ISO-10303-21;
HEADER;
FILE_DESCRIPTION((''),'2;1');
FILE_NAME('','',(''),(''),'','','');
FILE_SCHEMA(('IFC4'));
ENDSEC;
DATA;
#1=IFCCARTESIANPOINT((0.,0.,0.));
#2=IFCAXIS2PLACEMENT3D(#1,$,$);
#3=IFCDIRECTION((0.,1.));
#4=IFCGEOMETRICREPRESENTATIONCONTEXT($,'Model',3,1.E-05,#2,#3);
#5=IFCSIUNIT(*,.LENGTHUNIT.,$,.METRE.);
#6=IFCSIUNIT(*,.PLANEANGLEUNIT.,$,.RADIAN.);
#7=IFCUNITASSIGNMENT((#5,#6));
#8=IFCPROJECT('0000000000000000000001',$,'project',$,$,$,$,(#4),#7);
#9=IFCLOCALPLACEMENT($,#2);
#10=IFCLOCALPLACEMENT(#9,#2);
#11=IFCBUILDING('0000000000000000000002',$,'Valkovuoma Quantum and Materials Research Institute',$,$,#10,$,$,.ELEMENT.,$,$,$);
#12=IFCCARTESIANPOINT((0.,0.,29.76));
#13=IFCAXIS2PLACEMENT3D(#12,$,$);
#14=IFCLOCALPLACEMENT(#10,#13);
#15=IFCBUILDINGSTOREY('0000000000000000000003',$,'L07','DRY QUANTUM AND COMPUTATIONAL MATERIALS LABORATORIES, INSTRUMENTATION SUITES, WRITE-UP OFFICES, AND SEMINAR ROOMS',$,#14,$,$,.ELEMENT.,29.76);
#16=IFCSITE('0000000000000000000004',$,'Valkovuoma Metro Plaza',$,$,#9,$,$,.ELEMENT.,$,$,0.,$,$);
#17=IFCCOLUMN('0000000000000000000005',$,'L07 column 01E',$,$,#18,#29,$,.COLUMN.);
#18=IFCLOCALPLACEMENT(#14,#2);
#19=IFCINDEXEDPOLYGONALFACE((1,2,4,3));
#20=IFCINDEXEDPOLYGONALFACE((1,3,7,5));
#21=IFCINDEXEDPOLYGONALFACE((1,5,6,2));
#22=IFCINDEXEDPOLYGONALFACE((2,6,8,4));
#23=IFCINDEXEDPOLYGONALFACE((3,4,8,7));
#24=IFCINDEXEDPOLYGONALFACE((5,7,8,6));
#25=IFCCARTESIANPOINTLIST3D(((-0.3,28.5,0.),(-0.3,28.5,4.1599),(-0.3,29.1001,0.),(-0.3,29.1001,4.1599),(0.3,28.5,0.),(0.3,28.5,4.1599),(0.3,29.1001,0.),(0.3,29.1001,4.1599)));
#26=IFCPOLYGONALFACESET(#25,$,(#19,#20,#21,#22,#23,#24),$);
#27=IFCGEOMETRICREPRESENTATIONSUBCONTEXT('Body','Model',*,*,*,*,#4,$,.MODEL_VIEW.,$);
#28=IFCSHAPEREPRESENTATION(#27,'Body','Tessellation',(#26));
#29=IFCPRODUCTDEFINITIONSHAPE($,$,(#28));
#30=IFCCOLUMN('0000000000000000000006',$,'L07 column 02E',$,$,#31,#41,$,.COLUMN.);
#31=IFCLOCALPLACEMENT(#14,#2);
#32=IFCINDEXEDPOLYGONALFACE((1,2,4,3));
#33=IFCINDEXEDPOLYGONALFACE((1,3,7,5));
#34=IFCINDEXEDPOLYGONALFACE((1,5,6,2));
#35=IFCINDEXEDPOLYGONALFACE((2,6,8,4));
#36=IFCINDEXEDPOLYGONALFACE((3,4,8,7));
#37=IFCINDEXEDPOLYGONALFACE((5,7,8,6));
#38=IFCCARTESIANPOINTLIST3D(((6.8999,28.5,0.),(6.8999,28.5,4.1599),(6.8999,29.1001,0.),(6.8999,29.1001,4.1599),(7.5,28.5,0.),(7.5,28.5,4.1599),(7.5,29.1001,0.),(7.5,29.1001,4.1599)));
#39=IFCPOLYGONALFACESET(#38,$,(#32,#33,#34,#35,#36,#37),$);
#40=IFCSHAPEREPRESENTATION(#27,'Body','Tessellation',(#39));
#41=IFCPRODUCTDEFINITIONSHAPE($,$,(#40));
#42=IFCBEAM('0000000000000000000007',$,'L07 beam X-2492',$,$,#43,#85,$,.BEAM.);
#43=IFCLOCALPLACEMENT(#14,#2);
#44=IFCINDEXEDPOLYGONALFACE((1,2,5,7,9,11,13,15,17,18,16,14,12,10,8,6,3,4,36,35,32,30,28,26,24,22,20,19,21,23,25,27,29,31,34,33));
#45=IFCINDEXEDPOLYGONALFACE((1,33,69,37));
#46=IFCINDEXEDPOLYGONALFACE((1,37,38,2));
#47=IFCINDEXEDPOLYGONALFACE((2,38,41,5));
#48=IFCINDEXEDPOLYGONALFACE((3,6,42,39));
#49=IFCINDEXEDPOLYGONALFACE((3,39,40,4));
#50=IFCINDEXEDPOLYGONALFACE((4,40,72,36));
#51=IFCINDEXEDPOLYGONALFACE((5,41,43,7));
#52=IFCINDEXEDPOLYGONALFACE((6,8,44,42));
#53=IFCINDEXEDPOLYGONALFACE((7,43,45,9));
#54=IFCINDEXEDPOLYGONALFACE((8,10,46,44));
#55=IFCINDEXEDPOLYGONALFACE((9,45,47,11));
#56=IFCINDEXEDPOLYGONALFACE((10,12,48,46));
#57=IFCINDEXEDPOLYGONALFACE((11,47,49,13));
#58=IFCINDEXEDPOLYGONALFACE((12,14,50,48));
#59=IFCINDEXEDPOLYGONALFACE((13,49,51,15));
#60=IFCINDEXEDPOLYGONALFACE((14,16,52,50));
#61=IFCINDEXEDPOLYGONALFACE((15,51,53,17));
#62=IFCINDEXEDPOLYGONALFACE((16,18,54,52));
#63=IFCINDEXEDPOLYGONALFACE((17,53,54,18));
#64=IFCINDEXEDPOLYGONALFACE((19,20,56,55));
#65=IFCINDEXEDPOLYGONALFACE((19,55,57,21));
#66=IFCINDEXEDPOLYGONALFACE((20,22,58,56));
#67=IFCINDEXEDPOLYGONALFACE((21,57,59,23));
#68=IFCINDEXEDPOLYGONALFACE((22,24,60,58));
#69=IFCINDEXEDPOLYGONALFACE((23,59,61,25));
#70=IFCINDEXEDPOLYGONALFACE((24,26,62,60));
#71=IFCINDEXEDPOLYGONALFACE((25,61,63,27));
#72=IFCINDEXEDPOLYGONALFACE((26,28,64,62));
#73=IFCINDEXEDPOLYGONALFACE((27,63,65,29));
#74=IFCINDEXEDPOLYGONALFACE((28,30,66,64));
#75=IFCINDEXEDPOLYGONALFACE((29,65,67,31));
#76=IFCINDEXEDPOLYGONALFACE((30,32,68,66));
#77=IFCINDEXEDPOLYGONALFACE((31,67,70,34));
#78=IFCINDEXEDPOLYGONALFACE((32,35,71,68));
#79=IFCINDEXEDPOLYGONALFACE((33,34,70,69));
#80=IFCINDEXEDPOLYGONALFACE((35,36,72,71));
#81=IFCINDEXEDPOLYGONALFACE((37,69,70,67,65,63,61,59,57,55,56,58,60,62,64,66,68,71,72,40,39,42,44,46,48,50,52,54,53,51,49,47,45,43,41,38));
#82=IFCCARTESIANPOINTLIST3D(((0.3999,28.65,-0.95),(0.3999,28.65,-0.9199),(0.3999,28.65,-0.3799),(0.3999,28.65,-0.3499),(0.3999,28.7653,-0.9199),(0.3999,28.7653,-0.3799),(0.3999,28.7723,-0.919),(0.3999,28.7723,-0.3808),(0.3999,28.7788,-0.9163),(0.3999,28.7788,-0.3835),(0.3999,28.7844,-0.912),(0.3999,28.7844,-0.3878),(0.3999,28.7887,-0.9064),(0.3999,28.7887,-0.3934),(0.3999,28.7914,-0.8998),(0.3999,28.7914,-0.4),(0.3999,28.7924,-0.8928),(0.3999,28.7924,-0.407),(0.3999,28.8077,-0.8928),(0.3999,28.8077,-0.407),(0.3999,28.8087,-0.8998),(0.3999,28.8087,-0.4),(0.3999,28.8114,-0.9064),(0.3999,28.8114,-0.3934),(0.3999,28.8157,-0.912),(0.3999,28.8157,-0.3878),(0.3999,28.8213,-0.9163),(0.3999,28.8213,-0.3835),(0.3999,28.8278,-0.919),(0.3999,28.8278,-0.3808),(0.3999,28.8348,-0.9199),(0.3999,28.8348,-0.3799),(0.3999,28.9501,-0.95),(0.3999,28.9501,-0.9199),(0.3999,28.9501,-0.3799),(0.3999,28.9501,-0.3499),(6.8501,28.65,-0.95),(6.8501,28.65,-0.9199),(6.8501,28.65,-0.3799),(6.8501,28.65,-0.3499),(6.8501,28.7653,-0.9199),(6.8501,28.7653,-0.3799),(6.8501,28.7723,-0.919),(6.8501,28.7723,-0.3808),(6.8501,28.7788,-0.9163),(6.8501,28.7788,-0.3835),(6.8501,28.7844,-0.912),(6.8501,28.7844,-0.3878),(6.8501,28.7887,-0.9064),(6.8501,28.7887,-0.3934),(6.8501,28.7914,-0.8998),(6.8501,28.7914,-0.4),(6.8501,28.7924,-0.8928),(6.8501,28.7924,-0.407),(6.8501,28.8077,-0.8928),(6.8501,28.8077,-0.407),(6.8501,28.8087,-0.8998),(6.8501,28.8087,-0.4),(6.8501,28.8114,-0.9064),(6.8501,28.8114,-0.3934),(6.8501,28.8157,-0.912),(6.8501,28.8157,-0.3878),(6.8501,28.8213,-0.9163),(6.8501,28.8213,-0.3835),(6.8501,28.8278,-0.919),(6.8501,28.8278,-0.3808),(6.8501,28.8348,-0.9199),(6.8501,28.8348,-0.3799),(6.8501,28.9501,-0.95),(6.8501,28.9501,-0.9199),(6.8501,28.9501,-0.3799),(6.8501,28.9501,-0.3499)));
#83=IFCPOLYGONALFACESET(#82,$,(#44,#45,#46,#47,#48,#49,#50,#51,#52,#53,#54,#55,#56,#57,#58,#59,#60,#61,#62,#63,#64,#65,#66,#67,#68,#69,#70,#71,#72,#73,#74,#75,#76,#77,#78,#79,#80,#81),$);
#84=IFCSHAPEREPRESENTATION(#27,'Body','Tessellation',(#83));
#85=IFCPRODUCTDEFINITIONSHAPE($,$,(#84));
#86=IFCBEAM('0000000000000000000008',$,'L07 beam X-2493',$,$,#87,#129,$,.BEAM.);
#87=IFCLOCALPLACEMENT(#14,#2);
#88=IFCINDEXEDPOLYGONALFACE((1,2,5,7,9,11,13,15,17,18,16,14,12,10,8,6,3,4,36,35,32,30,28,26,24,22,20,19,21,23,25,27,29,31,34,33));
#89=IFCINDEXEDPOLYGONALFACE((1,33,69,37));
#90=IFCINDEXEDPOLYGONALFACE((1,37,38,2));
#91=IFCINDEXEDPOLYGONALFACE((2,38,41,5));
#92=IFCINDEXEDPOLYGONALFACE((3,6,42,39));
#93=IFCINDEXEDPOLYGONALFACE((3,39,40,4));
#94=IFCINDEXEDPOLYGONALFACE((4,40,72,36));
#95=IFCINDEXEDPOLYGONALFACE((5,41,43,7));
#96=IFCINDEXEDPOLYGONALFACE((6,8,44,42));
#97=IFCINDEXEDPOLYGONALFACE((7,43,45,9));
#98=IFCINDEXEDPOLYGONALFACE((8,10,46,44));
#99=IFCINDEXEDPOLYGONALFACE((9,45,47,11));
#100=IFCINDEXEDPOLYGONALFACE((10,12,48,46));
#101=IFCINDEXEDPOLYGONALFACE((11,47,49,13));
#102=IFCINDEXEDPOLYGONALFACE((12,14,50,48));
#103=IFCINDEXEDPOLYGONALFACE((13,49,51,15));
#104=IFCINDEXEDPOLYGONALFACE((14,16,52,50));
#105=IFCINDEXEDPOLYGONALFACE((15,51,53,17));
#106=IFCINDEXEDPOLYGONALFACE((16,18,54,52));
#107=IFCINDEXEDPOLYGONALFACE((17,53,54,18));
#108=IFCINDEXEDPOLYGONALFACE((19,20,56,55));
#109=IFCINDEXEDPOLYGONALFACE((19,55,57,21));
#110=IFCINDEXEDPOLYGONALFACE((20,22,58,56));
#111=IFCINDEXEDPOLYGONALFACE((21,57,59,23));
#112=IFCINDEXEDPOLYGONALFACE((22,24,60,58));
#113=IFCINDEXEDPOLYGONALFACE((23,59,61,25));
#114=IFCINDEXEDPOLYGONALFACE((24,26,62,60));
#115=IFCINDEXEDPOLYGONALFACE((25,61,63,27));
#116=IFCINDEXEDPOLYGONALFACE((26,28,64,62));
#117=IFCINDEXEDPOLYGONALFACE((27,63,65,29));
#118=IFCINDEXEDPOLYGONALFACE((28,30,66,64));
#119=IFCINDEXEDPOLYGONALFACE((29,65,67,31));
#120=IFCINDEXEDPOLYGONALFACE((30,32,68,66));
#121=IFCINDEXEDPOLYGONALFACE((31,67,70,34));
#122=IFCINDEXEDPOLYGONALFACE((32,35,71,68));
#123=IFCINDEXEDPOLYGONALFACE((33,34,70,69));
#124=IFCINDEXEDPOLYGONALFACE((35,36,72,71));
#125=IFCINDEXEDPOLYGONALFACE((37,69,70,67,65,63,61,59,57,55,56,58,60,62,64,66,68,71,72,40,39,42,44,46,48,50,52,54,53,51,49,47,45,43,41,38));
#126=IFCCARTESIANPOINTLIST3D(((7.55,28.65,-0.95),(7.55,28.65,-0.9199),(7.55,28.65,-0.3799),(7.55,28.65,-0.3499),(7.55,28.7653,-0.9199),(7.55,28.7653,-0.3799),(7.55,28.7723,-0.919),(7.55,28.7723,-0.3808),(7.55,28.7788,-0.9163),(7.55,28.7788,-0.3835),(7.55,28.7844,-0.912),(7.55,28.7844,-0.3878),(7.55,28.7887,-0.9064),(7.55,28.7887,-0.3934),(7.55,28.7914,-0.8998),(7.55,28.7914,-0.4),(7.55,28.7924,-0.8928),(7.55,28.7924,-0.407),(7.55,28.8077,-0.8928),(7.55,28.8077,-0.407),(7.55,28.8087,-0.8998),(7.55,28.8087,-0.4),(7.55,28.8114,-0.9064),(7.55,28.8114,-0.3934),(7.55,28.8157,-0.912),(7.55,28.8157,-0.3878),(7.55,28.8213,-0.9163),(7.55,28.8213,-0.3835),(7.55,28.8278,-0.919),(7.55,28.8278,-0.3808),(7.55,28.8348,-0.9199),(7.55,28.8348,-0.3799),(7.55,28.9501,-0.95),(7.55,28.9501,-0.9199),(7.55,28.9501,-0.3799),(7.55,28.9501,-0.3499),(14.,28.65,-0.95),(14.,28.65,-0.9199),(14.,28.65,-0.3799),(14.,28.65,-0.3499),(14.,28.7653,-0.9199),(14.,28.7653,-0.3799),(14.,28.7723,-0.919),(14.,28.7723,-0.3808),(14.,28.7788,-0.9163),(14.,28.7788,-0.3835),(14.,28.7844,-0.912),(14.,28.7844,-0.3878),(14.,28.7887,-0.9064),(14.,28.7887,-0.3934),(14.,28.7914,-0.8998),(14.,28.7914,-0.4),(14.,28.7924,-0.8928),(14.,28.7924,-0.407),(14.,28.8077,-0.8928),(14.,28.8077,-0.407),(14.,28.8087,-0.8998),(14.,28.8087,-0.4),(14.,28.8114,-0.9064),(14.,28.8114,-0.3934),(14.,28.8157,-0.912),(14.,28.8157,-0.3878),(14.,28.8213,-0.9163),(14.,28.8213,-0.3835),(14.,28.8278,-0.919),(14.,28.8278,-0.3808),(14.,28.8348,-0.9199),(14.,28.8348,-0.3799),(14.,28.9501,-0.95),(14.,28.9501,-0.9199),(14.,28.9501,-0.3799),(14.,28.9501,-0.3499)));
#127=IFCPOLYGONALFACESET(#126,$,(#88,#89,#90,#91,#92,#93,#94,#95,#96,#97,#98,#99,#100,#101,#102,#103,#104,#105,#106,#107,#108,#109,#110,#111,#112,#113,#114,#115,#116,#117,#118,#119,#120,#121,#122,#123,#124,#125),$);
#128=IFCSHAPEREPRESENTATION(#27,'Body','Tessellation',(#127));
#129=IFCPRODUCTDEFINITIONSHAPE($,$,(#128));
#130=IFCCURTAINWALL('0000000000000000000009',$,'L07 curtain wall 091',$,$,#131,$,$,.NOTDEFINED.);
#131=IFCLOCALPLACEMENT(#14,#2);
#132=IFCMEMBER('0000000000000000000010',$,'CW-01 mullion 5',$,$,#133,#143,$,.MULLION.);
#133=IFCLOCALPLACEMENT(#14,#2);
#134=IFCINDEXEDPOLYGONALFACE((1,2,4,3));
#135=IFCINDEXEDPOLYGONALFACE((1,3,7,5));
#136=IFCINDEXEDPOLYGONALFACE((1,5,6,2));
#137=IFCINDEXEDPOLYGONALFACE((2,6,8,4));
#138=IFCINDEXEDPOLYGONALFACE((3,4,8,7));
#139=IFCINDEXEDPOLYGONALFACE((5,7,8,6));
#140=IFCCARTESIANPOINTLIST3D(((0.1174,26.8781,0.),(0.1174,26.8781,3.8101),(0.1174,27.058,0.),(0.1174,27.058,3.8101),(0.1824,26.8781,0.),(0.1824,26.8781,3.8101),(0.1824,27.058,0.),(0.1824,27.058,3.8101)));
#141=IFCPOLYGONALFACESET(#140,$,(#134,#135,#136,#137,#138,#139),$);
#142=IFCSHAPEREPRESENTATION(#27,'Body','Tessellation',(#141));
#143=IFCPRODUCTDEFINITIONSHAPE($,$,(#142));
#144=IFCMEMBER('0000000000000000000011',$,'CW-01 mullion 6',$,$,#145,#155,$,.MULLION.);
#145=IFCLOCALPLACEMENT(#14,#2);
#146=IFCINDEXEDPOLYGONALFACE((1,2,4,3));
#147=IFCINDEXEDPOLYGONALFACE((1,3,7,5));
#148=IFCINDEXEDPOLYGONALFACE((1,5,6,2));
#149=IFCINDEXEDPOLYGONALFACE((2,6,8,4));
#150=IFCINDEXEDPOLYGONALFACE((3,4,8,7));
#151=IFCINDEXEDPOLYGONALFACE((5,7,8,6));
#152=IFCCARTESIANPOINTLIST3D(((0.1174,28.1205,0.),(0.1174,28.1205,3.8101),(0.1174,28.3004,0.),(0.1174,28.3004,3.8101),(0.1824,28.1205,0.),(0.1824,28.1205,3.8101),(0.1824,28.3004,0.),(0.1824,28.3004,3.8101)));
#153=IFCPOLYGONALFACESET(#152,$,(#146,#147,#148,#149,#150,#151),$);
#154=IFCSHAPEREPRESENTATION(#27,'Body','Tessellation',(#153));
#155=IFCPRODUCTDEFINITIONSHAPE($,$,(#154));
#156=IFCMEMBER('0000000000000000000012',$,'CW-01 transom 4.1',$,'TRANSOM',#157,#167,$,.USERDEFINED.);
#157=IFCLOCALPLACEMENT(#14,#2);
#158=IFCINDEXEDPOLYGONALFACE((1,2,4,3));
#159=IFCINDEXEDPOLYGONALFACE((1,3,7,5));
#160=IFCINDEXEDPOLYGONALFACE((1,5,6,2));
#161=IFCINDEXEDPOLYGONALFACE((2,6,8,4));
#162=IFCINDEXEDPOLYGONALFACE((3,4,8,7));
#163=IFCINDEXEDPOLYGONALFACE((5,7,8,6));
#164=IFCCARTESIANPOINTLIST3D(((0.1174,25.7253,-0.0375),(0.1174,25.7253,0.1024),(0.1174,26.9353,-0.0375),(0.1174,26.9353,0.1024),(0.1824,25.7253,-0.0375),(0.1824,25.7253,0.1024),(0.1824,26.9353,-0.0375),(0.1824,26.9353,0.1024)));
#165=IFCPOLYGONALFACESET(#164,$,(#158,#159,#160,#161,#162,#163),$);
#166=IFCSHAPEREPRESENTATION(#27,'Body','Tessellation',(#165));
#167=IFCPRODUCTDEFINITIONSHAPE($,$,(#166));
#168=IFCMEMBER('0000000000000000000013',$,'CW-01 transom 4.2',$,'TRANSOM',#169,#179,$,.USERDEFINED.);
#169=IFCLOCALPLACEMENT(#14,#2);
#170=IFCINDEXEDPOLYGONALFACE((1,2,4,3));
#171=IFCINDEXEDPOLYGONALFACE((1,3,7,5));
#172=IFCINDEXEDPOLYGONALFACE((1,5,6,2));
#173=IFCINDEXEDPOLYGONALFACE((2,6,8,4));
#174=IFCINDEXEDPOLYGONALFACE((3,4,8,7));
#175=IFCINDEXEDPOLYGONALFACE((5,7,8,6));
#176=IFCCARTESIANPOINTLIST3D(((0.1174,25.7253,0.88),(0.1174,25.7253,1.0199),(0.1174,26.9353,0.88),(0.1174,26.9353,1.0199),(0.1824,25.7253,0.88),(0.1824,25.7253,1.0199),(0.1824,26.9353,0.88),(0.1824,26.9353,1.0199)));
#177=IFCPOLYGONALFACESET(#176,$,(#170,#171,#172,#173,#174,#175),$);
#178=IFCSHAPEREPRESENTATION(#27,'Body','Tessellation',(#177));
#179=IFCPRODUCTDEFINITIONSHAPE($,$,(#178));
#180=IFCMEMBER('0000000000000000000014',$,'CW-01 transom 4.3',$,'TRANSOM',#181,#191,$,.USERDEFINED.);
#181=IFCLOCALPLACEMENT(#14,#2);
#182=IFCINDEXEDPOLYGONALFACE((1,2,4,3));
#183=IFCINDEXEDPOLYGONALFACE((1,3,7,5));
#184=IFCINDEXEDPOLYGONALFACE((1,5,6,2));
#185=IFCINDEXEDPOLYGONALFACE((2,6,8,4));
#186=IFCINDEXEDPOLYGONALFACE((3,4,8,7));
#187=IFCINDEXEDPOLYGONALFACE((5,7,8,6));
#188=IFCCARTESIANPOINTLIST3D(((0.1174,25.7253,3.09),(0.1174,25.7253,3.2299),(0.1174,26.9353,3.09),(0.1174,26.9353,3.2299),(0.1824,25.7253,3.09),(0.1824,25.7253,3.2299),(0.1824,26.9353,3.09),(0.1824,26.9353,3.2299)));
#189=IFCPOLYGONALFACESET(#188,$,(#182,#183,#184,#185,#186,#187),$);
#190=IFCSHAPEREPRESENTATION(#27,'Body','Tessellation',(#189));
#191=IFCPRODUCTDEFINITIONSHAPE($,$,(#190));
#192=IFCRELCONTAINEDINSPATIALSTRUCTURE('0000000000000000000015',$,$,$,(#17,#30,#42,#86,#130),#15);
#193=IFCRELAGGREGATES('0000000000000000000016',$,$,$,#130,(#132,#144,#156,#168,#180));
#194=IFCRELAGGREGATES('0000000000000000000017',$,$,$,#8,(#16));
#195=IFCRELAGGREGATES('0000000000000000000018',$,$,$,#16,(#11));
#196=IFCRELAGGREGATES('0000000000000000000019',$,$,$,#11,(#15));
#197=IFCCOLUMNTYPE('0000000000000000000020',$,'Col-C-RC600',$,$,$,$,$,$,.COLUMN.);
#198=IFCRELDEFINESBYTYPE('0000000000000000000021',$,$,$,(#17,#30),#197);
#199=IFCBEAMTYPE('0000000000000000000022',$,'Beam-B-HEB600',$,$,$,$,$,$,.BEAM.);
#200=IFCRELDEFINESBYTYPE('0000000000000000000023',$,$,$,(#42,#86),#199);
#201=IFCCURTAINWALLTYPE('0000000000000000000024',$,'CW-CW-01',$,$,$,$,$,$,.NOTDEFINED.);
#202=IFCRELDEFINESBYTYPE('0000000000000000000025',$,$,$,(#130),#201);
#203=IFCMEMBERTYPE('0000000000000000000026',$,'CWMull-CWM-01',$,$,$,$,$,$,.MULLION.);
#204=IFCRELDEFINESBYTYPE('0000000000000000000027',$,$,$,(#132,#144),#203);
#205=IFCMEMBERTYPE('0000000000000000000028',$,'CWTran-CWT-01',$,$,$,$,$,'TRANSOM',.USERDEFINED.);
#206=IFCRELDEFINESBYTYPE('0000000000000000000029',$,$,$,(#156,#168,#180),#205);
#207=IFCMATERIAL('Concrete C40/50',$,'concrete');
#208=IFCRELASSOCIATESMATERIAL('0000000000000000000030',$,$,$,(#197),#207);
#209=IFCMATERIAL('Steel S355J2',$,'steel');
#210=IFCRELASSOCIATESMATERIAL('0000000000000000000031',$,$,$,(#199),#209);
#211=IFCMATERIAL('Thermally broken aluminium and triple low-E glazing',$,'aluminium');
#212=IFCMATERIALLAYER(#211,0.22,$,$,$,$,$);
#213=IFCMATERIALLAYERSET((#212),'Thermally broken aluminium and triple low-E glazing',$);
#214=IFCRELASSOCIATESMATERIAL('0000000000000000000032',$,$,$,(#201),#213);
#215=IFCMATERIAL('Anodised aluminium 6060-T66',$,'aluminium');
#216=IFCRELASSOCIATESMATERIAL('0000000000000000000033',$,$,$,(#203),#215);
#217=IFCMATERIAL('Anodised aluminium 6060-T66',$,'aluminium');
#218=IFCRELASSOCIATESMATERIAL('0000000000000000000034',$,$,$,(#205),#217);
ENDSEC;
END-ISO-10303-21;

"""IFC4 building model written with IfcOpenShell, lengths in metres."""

from ifc_helpers import new_model, si_unit, direction, frame, origin, origin_2d, place, context, subcontext, project, spatial, rectangle, i_section, extrude, material, layer, layer_set, material_profile, profile_set, type_object, element, aggregate, save


model = new_model("IFC4")

# Units and contexts
model_context = context("Model", 3, precision=1e-05, world=origin(), true_north=direction((0.0, 1.0)))
body_context = subcontext(model_context, "Body", "Model", "MODEL_VIEW")
ifc_project = project(units=[si_unit("LENGTHUNIT", "METRE"), si_unit("PLANEANGLEUNIT", "RADIAN")], contexts=[model_context])

# Site, building, storey
site_placement = place(None, origin())
site = spatial("IfcSite", under=ifc_project, at=site_placement, Name="Valkovuoma Metro Plaza", CompositionType="ELEMENT", RefElevation=0.0)
building_placement = place(site_placement, origin())
building = spatial("IfcBuilding", under=site, at=building_placement, Name="Valkovuoma Quantum and Materials Research Institute", CompositionType="ELEMENT")
storey_placement = place(building_placement, frame((0.0, 0.0, 29.76)))
storey = spatial("IfcBuildingStorey", under=building, at=storey_placement, Name="L07", Description="DRY QUANTUM AND COMPUTATIONAL MATERIALS LABORATORIES, INSTRUMENTATION SUITES, WRITE-UP OFFICES, AND SEMINAR ROOMS", CompositionType="ELEMENT", Elevation=29.76)

# Columns
ifc_material_1 = material(Name="Concrete C40/50", Category="concrete")
ifc_material_profile_1 = material_profile(ifc_material_1, rectangle(XDim=0.6001, YDim=0.6001, at=origin_2d()), Name="Concrete C40/50")
ifc_profile_set_1 = profile_set([ifc_material_profile_1], Name="Concrete C40/50")
column_type = type_object("IfcColumnType", Name="Col-C-RC600", PredefinedType="COLUMN", material=ifc_profile_set_1)
for number, where, z_axis, x_axis, name in (
    (1, (0.0, 28.8, 0.0), (0.0, 0.0, 1.0), (1.0, 0.0, 0.0), "L07 column 01E"),
    (2, (7.2, 28.8, 0.0), (0.0, 0.0, 1.0), (1.0, 0.0, 0.0), "L07 column 02E"),
):
    element("IfcColumn", number, at=place(storey_placement, frame(where, z_axis=z_axis, x_axis=x_axis)), inside=storey, type_object=column_type, Name=name, PredefinedType="COLUMN", context=body_context, shape_type="SweptSolid", body=[
        extrude(rectangle(XDim=0.6001, YDim=0.6001, at=origin_2d()), origin(), (0.0, 0.0, 1.0), 4.1599),
    ])

# Beams
ifc_material_2 = material(Name="Steel S355J2", Category="steel")
ifc_material_profile_2 = material_profile(ifc_material_2, i_section(OverallWidth=0.3, OverallDepth=0.6001, WebThickness=0.0154, FlangeThickness=0.03, FilletRadius=0.0271, at=origin_2d()), Name="Steel S355J2")
ifc_profile_set_2 = profile_set([ifc_material_profile_2], Name="Steel S355J2")
beam_type = type_object("IfcBeamType", Name="Beam-B-HEB600", PredefinedType="BEAM", material=ifc_profile_set_2)
beam_1_placement = place(storey_placement, frame((0.3999, 28.8, -0.6499), z_axis=(1.0, 0.0, 0.0), x_axis=(0.0, 1.0, 0.0)))
element("IfcBeam", 3, at=beam_1_placement, inside=storey, type_object=beam_type, Name="L07 beam X-2492", PredefinedType="BEAM", context=body_context, shape_type="SweptSolid", body=[
    extrude(i_section(OverallWidth=0.3, OverallDepth=0.6001, WebThickness=0.0154, FlangeThickness=0.03, FilletRadius=0.0271, at=origin_2d()), origin(), (0.0, 0.0, 1.0), 6.4502),
])
beam_2_placement = place(storey_placement, frame((7.55, 28.8, -0.6499), z_axis=(1.0, 0.0, 0.0), x_axis=(0.0, 1.0, 0.0)))
element("IfcBeam", 4, at=beam_2_placement, inside=storey, type_object=beam_type, Name="L07 beam X-2493", PredefinedType="BEAM", context=body_context, shape_type="SweptSolid", body=[
    extrude(i_section(OverallWidth=0.3, OverallDepth=0.6001, WebThickness=0.0154, FlangeThickness=0.03, FilletRadius=0.0271, at=origin_2d()), origin(), (0.0, 0.0, 1.0), 6.45),
])

# Curtain wall, members
ifc_material_3 = material(Name="Thermally broken aluminium and triple low-E glazing", Category="aluminium")
ifc_layer_1 = layer(ifc_material_3, 0.22)
ifc_layer_set_1 = layer_set([ifc_layer_1], Name="Thermally broken aluminium and triple low-E glazing")
curtain_wall_type = type_object("IfcCurtainWallType", Name="CW-CW-01", PredefinedType="NOTDEFINED", material=ifc_layer_set_1)
curtain_wall_placement = place(storey_placement, origin())
curtain_wall = element("IfcCurtainWall", 5, at=curtain_wall_placement, inside=storey, type_object=curtain_wall_type, Name="L07 curtain wall 091", PredefinedType="NOTDEFINED")
ifc_material_4 = material(Name="Anodised aluminium 6060-T66", Category="aluminium")
ifc_material_profile_3 = material_profile(ifc_material_4, rectangle(XDim=0.0649, YDim=0.1799, at=origin_2d()), Name="Anodised aluminium 6060-T66")
ifc_profile_set_3 = profile_set([ifc_material_profile_3], Name="Anodised aluminium 6060-T66")
member_type_1 = type_object("IfcMemberType", Name="CWMull-CWM-01", PredefinedType="MULLION", material=ifc_profile_set_3)
member_1_placement = place(storey_placement, frame((0.1499, 26.968, 0.0), z_axis=(0.0, 0.0, 1.0), x_axis=(-1.0, 0.0, 0.0)))
member_1 = element("IfcMember", 6, at=member_1_placement, type_object=member_type_1, Name="CW-01 mullion 5", PredefinedType="MULLION", context=body_context, shape_type="SweptSolid", body=[
    extrude(rectangle(XDim=0.0649, YDim=0.1799, at=origin_2d()), origin(), (0.0, 0.0, 1.0), 3.8101),
])
member_2_placement = place(storey_placement, frame((0.1499, 28.2104, 0.0), z_axis=(0.0, 0.0, 1.0), x_axis=(-1.0, 0.0, 0.0)))
member_2 = element("IfcMember", 7, at=member_2_placement, type_object=member_type_1, Name="CW-01 mullion 6", PredefinedType="MULLION", context=body_context, shape_type="SweptSolid", body=[
    extrude(rectangle(XDim=0.0649, YDim=0.1799, at=origin_2d()), origin(), (0.0, 0.0, 1.0), 3.8101),
])
ifc_material_5 = material(Name="Anodised aluminium 6060-T66", Category="aluminium")
ifc_material_profile_4 = material_profile(ifc_material_5, rectangle(XDim=0.0649, YDim=0.1399, at=origin_2d()), Name="Anodised aluminium 6060-T66")
ifc_profile_set_4 = profile_set([ifc_material_profile_4], Name="Anodised aluminium 6060-T66")
member_type_2 = type_object("IfcMemberType", Name="CWTran-CWT-01", ElementType="TRANSOM", PredefinedType="USERDEFINED", material=ifc_profile_set_4)
member_3_placement = place(storey_placement, frame((0.1499, 25.7253, 0.0325), z_axis=(0.0, 1.0, 0.0), x_axis=(-1.0, 0.0, 0.0)))
member_3 = element("IfcMember", 8, at=member_3_placement, type_object=member_type_2, Name="CW-01 transom 4.1", ObjectType="TRANSOM", PredefinedType="USERDEFINED", context=body_context, shape_type="SweptSolid", body=[
    extrude(rectangle(XDim=0.0649, YDim=0.1399, at=origin_2d()), origin(), (0.0, 0.0, 1.0), 1.21),
])
member_4_placement = place(storey_placement, frame((0.1499, 25.7253, 0.95), z_axis=(0.0, 1.0, 0.0), x_axis=(-1.0, 0.0, 0.0)))
member_4 = element("IfcMember", 9, at=member_4_placement, type_object=member_type_2, Name="CW-01 transom 4.2", ObjectType="TRANSOM", PredefinedType="USERDEFINED", context=body_context, shape_type="SweptSolid", body=[
    extrude(rectangle(XDim=0.0649, YDim=0.1399, at=origin_2d()), origin(), (0.0, 0.0, 1.0), 1.21),
])
member_5_placement = place(storey_placement, frame((0.1499, 25.7253, 3.1599), z_axis=(0.0, 1.0, 0.0), x_axis=(-1.0, 0.0, 0.0)))
member_5 = element("IfcMember", 10, at=member_5_placement, type_object=member_type_2, Name="CW-01 transom 4.3", ObjectType="TRANSOM", PredefinedType="USERDEFINED", context=body_context, shape_type="SweptSolid", body=[
    extrude(rectangle(XDim=0.0649, YDim=0.1399, at=origin_2d()), origin(), (0.0, 0.0, 1.0), 1.21),
])

aggregate(curtain_wall, [member_1, member_2, member_3, member_4, member_5])

save(model, "model.ifc")
